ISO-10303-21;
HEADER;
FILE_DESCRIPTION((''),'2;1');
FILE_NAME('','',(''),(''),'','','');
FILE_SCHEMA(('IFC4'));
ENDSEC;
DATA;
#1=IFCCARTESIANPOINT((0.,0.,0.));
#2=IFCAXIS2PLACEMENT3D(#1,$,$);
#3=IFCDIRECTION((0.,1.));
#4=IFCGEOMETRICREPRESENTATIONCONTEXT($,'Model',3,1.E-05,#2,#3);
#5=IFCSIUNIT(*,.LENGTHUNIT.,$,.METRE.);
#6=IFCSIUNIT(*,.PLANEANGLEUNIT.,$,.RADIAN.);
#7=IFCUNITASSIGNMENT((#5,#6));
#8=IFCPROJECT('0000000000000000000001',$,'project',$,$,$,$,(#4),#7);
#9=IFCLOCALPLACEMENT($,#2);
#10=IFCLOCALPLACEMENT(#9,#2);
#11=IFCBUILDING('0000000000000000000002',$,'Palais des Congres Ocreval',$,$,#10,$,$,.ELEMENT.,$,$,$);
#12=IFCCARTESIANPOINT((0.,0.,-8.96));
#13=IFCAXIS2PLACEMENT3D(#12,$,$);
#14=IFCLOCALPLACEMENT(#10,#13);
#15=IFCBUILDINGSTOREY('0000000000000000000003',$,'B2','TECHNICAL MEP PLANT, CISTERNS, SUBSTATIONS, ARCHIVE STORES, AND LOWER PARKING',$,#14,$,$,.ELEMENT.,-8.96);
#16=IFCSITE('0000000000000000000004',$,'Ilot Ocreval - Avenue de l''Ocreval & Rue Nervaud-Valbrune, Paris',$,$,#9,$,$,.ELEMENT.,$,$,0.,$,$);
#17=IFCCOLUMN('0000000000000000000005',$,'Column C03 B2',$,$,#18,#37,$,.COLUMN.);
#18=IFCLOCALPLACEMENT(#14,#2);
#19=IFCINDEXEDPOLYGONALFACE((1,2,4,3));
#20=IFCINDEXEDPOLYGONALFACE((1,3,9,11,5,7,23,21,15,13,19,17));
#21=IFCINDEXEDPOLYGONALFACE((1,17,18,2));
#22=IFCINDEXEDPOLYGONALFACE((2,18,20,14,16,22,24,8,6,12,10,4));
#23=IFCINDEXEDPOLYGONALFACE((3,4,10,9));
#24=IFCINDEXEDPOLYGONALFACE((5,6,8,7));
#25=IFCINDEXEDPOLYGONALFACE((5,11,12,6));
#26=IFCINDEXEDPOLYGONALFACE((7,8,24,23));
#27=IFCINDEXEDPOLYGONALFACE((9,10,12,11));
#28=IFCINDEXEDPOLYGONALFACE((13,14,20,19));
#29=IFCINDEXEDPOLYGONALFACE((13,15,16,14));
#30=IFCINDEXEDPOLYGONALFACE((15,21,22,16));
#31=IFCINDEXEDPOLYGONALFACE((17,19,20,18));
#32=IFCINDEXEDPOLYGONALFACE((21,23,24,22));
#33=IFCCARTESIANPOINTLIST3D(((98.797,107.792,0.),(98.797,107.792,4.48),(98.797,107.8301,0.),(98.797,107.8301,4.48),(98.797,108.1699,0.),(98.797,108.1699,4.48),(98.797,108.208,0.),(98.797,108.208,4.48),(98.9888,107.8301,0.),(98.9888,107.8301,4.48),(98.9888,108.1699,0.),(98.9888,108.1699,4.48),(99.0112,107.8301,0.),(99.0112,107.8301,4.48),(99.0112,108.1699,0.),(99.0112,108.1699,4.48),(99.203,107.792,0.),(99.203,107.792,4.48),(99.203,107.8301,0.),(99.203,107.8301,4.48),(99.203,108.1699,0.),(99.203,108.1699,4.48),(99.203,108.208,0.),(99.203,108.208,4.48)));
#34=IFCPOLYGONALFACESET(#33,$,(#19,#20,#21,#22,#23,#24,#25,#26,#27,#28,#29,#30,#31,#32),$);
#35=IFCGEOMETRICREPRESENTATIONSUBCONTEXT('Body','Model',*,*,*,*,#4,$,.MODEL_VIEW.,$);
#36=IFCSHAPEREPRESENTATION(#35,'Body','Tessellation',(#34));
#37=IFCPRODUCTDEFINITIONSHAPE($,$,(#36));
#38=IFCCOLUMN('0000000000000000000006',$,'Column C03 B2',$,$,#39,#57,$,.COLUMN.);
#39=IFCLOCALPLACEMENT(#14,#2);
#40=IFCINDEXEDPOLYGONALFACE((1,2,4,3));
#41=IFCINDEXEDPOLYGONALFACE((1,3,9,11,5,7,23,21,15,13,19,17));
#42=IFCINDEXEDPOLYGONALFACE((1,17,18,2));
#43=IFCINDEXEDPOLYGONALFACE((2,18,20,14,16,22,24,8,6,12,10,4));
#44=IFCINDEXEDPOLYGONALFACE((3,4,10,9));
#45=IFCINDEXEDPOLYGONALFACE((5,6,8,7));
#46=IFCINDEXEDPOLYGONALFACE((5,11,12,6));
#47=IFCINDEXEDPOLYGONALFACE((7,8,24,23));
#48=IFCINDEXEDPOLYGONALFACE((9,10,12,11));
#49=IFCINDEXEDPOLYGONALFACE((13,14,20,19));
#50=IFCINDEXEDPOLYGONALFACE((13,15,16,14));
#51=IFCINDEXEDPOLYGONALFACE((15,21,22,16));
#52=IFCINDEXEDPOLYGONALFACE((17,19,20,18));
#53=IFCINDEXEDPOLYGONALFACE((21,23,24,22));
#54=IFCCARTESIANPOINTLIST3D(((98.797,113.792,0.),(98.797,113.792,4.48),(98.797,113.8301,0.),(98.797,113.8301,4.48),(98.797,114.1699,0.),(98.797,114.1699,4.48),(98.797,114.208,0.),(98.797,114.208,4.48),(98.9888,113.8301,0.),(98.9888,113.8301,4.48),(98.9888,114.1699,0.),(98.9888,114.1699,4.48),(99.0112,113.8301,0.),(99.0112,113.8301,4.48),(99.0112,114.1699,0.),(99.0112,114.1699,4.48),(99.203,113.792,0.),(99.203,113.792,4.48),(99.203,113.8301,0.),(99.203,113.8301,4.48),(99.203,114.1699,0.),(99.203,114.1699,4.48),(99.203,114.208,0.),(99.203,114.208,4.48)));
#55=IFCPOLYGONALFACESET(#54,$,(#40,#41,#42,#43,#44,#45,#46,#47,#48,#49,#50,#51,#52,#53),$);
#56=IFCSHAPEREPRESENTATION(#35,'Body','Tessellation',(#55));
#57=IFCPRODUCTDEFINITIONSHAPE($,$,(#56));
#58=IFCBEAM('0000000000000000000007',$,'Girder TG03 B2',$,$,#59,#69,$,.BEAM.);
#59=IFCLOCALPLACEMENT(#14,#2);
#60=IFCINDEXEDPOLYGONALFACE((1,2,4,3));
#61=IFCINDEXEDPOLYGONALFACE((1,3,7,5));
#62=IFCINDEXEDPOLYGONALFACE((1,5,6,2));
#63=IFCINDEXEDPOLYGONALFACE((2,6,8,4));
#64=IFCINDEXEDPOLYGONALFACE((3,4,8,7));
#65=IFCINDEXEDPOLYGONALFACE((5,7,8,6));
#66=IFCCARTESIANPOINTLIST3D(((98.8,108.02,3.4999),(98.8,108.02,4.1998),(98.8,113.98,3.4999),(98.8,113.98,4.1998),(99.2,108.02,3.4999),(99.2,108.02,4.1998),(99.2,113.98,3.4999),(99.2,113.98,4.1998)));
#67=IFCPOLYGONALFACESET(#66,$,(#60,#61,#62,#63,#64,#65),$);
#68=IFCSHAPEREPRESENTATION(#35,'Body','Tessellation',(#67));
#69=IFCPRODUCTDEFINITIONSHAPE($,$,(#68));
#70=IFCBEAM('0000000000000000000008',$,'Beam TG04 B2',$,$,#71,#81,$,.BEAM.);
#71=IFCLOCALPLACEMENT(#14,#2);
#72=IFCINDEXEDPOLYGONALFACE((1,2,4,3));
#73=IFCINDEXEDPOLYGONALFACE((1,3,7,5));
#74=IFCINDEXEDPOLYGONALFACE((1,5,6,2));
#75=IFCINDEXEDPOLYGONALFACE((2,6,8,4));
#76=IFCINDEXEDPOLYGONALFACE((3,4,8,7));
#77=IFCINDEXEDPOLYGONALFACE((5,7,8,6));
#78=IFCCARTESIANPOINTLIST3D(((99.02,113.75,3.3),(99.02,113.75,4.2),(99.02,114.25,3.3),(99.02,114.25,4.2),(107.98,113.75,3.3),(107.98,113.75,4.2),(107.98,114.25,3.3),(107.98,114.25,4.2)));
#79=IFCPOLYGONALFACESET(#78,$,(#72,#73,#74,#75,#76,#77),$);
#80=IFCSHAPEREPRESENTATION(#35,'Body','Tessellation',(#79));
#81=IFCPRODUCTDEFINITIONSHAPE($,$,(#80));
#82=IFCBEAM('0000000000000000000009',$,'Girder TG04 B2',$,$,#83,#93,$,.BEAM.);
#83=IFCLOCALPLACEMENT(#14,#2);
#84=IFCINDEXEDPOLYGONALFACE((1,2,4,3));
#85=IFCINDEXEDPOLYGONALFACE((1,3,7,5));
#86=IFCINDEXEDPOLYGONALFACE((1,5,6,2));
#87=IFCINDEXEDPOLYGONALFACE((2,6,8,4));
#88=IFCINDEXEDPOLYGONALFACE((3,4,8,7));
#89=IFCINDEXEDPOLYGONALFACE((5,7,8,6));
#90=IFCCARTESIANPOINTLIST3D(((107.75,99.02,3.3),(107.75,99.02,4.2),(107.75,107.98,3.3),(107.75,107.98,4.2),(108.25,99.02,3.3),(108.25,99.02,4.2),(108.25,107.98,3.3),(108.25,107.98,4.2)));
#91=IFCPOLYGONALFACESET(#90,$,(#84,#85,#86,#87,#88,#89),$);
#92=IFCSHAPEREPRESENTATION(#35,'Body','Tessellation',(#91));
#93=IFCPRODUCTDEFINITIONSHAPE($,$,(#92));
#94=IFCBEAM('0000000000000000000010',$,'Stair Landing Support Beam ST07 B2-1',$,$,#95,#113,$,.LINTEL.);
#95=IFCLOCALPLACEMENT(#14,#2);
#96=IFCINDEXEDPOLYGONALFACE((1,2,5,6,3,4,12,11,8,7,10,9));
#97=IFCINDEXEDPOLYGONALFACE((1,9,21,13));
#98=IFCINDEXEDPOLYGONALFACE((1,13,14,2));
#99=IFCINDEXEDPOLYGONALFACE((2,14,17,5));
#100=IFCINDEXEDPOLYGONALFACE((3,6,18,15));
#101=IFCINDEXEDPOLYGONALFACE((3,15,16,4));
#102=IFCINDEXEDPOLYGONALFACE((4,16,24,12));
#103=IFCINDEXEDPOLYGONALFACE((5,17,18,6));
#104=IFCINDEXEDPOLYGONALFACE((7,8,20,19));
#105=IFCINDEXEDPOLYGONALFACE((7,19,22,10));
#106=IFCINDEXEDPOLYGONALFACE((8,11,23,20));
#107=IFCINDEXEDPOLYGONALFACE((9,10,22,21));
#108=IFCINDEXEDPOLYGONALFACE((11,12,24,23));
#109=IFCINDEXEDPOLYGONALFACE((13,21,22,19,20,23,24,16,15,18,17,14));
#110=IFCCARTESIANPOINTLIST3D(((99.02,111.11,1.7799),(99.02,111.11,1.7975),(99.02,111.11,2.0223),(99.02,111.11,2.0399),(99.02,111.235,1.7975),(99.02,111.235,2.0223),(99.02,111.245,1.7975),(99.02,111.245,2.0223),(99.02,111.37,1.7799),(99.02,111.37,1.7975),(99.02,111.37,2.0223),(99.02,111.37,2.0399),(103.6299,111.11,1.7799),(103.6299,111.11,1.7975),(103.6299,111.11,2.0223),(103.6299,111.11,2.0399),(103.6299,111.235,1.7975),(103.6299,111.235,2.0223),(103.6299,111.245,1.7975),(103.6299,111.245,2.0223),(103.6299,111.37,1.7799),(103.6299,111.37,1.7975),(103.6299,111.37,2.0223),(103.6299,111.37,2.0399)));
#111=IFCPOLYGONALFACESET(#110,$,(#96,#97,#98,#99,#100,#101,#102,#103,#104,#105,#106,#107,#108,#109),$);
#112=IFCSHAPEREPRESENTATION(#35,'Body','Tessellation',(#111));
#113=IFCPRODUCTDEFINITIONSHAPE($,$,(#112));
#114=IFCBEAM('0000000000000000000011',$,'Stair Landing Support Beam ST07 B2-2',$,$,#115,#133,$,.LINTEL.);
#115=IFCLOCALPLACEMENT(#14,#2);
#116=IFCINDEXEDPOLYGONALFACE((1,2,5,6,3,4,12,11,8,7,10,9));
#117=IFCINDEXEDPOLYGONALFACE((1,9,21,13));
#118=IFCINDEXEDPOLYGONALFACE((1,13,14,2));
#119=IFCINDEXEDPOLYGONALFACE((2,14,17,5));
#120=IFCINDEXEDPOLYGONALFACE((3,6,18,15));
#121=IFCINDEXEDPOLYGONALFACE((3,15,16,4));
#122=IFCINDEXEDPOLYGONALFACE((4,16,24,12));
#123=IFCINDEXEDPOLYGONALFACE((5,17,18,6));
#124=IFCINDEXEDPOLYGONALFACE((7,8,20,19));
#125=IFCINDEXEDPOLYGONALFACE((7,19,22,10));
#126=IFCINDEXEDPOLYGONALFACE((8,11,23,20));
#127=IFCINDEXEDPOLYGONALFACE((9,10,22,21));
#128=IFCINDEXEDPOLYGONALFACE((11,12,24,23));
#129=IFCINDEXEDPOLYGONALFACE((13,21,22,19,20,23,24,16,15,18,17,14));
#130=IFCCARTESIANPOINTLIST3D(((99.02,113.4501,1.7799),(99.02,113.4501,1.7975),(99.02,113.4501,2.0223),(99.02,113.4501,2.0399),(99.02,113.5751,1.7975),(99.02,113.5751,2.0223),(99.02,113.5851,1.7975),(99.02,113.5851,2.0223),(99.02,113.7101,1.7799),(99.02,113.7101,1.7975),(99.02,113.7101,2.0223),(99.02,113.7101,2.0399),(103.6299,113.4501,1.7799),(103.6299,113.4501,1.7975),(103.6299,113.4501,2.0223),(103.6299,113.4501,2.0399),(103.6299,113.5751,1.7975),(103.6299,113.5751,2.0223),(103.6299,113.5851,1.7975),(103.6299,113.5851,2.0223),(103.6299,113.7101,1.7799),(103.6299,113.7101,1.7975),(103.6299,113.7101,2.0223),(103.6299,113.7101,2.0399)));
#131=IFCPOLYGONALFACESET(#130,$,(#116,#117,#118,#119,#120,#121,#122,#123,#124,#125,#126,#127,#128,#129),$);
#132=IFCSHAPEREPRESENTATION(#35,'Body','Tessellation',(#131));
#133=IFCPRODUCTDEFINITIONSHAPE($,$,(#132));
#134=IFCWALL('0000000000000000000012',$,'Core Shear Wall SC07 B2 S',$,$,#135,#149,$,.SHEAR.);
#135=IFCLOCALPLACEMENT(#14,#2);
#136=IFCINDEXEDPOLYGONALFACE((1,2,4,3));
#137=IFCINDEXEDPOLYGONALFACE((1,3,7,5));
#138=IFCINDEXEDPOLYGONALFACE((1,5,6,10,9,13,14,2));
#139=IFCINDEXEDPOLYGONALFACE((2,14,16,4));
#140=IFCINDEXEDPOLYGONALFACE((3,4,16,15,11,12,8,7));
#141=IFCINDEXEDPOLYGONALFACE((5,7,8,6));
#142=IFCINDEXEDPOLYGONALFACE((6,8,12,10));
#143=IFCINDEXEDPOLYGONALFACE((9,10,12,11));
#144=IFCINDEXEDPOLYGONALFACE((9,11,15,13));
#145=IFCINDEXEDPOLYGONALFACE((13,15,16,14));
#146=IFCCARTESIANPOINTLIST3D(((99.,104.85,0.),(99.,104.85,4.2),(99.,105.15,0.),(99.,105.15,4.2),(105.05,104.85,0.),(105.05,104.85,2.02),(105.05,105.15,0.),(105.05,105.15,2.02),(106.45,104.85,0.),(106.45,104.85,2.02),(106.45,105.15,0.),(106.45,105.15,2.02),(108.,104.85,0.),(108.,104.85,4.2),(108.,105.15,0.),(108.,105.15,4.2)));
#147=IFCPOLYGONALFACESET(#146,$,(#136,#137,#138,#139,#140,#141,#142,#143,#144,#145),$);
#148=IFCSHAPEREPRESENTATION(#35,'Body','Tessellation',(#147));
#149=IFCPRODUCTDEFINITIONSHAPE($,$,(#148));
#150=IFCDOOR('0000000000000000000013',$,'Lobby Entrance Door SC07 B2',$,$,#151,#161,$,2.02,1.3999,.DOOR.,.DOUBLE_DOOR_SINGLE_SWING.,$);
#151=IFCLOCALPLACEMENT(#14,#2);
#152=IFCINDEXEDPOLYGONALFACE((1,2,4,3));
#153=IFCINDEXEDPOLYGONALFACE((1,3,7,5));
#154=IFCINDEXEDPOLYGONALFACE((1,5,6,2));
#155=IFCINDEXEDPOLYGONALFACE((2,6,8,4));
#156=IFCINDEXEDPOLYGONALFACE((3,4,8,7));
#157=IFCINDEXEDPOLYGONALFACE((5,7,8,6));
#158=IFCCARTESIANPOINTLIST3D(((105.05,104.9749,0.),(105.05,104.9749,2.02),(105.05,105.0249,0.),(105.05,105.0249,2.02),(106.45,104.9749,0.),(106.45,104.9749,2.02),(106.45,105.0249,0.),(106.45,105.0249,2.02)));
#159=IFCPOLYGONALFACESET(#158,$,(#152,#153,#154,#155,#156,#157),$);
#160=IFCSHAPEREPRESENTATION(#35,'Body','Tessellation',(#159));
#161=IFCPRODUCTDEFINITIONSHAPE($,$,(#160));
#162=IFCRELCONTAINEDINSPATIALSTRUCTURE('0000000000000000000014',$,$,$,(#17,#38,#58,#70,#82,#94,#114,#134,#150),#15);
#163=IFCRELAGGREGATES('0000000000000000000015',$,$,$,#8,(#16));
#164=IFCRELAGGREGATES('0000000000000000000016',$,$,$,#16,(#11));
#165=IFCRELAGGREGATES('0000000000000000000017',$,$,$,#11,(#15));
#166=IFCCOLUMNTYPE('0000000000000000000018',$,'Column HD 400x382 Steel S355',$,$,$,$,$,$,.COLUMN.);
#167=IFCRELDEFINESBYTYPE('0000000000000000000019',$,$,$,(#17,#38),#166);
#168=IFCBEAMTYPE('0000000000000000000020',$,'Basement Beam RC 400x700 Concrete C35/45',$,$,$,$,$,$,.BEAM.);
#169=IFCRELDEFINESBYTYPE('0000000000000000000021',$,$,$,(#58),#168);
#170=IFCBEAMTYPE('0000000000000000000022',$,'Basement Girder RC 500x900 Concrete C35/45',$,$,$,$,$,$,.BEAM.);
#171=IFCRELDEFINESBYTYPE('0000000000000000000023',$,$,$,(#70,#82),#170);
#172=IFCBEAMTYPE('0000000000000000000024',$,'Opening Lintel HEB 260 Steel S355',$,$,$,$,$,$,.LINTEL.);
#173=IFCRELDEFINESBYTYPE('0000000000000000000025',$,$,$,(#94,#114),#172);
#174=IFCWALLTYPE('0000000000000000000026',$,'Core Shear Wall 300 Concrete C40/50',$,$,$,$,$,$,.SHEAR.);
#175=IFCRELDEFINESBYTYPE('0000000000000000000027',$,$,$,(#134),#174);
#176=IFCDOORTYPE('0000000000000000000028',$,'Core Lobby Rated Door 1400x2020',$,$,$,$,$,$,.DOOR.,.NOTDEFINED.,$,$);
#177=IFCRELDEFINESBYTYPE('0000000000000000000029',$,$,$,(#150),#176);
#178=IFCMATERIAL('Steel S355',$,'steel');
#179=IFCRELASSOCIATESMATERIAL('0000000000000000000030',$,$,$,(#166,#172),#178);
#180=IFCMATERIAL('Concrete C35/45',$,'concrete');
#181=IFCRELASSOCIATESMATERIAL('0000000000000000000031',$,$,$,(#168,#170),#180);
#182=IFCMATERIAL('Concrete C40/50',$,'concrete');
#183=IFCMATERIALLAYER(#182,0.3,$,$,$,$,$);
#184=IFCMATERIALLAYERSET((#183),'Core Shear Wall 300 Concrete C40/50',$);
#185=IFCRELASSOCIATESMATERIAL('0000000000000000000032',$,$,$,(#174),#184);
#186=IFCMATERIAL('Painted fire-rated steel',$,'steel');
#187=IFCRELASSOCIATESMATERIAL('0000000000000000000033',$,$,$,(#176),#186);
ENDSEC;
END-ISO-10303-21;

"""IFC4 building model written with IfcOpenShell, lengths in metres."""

from ifc_helpers import new_model, si_unit, direction, frame, frame_2d, origin, origin_2d, place, context, subcontext, project, spatial, rectangle, i_section, extrude, material, layer, layer_set, material_profile, profile_set, type_object, element, fill, save


model = new_model("IFC4")

# Units and contexts
model_context = context("Model", 3, precision=1e-05, world=origin(), true_north=direction((0.0, 1.0)))
body_context = subcontext(model_context, "Body", "Model", "MODEL_VIEW")
ifc_project = project(units=[si_unit("LENGTHUNIT", "METRE"), si_unit("PLANEANGLEUNIT", "RADIAN")], contexts=[model_context])

# Site, building, storey
site_placement = place(None, origin())
site = spatial("IfcSite", under=ifc_project, at=site_placement, Name="Ilot Ocreval - Avenue de l'Ocreval & Rue Nervaud-Valbrune, Paris", CompositionType="ELEMENT", RefElevation=0.0)
building_placement = place(site_placement, origin())
building = spatial("IfcBuilding", under=site, at=building_placement, Name="Palais des Congres Ocreval", CompositionType="ELEMENT")
storey_placement = place(building_placement, frame((0.0, 0.0, -8.96)))
storey = spatial("IfcBuildingStorey", under=building, at=storey_placement, Name="B2", Description="TECHNICAL MEP PLANT, CISTERNS, SUBSTATIONS, ARCHIVE STORES, AND LOWER PARKING", CompositionType="ELEMENT", Elevation=-8.96)

# Shared definitions
ifc_material_1 = material(Name="Concrete C35/45", Category="concrete")

# Columns
ifc_material_2 = material(Name="Steel S355", Category="steel")
ifc_material_profile_1 = material_profile(ifc_material_2, i_section(OverallWidth=0.406, OverallDepth=0.416, WebThickness=0.0225, FlangeThickness=0.0381, at=origin_2d()), Name="HD 400x382")
ifc_profile_set_1 = profile_set([ifc_material_profile_1], Name="Steel S355")
column_type = type_object("IfcColumnType", Name="Column HD 400x382 Steel S355", PredefinedType="COLUMN", material=ifc_profile_set_1)
for number, where, z_axis, x_axis, name in (
    (1, (99.0, 108.0, 0.0), (0.0, 0.0, 1.0), (1.0, 0.0, 0.0), "Column C03 B2"),
    (2, (99.0, 114.0, 0.0), (0.0, 0.0, 1.0), (1.0, 0.0, 0.0), "Column C03 B2"),
):
    element("IfcColumn", number, at=place(storey_placement, frame(where, z_axis=z_axis, x_axis=x_axis)), inside=storey, type_object=column_type, Name=name, PredefinedType="COLUMN", context=body_context, shape_type="SweptSolid", body=[
        extrude(i_section(OverallWidth=0.406, OverallDepth=0.416, WebThickness=0.0225, FlangeThickness=0.0381, at=origin_2d()), origin(), (0.0, 0.0, 1.0), 4.48),
    ])

# Beams
ifc_material_profile_2 = material_profile(ifc_material_1, rectangle(XDim=0.3999, YDim=0.7, at=origin_2d()), Name="RC 400x700")
ifc_profile_set_2 = profile_set([ifc_material_profile_2], Name="Concrete C35/45")
beam_type_1 = type_object("IfcBeamType", Name="Basement Beam RC 400x700 Concrete C35/45", PredefinedType="BEAM", material=ifc_profile_set_2)
beam_placement = place(storey_placement, frame((99.0, 108.02, 3.8499), z_axis=(0.0, 1.0, 0.0), x_axis=(-1.0, 0.0, 0.0)))
element("IfcBeam", 3, at=beam_placement, inside=storey, type_object=beam_type_1, Name="Girder TG03 B2", PredefinedType="BEAM", context=body_context, shape_type="SweptSolid", body=[
    extrude(rectangle(XDim=0.3999, YDim=0.7, at=origin_2d()), origin(), (0.0, 0.0, 1.0), 5.96),
])
ifc_material_profile_3 = material_profile(ifc_material_1, rectangle(XDim=0.5, YDim=0.8999, at=origin_2d()), Name="RC 500x900")
ifc_profile_set_3 = profile_set([ifc_material_profile_3], Name="Concrete C35/45")
beam_type_2 = type_object("IfcBeamType", Name="Basement Girder RC 500x900 Concrete C35/45", PredefinedType="BEAM", material=ifc_profile_set_3)
for number, where, z_axis, x_axis, name in (
    (4, (99.02, 114.0, 3.75), (1.0, 0.0, 0.0), (0.0, 1.0, 0.0), "Beam TG04 B2"),
    (5, (108.0, 99.02, 3.75), (0.0, 1.0, 0.0), (-1.0, 0.0, 0.0), "Girder TG04 B2"),
):
    element("IfcBeam", number, at=place(storey_placement, frame(where, z_axis=z_axis, x_axis=x_axis)), inside=storey, type_object=beam_type_2, Name=name, PredefinedType="BEAM", context=body_context, shape_type="SweptSolid", body=[
        extrude(rectangle(XDim=0.5, YDim=0.8999, at=origin_2d()), origin(), (0.0, 0.0, 1.0), 8.96),
    ])
ifc_material_profile_4 = material_profile(ifc_material_2, i_section(OverallWidth=0.26, OverallDepth=0.26, WebThickness=0.01, FlangeThickness=0.0176, at=origin_2d()), Name="HEB 260")
ifc_profile_set_4 = profile_set([ifc_material_profile_4], Name="Steel S355")
beam_type_3 = type_object("IfcBeamType", Name="Opening Lintel HEB 260 Steel S355", PredefinedType="LINTEL", material=ifc_profile_set_4)
for number, where, z_axis, x_axis, name in (
    (6, (99.02, 111.24, 1.9099), (1.0, 0.0, 0.0), (0.0, 1.0, 0.0), "Stair Landing Support Beam ST07 B2-1"),
    (7, (99.02, 113.5801, 1.9099), (1.0, 0.0, 0.0), (0.0, 1.0, 0.0), "Stair Landing Support Beam ST07 B2-2"),
):
    element("IfcBeam", number, at=place(storey_placement, frame(where, z_axis=z_axis, x_axis=x_axis)), inside=storey, type_object=beam_type_3, Name=name, PredefinedType="LINTEL", context=body_context, shape_type="SweptSolid", body=[
        extrude(i_section(OverallWidth=0.26, OverallDepth=0.26, WebThickness=0.01, FlangeThickness=0.0176, at=origin_2d()), origin(), (0.0, 0.0, 1.0), 4.6099),
    ])

# Wall, opening, door
ifc_material_3 = material(Name="Concrete C40/50", Category="concrete")
ifc_layer_1 = layer(ifc_material_3, 0.3)
ifc_layer_set_1 = layer_set([ifc_layer_1], Name="Core Shear Wall 300 Concrete C40/50")
wall_type_1 = type_object("IfcWallType", Name="Core Shear Wall 300 Concrete C40/50", PredefinedType="SHEAR", material=ifc_layer_set_1)
wall_1_placement = place(storey_placement, frame((99.0, 105.0, 0.0), z_axis=(0.0, 0.0, 1.0), x_axis=(1.0, 0.0, 0.0)))
wall_1 = element("IfcWall", 8, at=wall_1_placement, inside=storey, type_object=wall_type_1, Name="Core Shear Wall SC07 B2 S", PredefinedType="SHEAR", context=body_context, shape_type="SweptSolid", body=[
    extrude(rectangle(XDim=9.0, YDim=0.3, at=frame_2d((4.5, 0.0))), origin(), (0.0, 0.0, 1.0), 4.2),
])
opening_1_placement = place(wall_1_placement, frame((6.05, 0.0, 0.0)))
opening_1 = element("IfcOpeningElement", 9, at=opening_1_placement, cuts=wall_1, PredefinedType="OPENING", context=body_context, shape_type="SweptSolid", body=[
    extrude(rectangle(XDim=1.3999, YDim=2.02, at=frame_2d((0.7, 1.01))), frame((0.0, 0.1599, 0.0), z_axis=(0.0, -1.0, 0.0), x_axis=(1.0, 0.0, 0.0)), (0.0, 0.0, 1.0), 0.3201),
])
ifc_material_4 = material(Name="Painted fire-rated steel", Category="steel")
door_type_1 = type_object("IfcDoorType", Name="Core Lobby Rated Door 1400x2020", OperationType="NOTDEFINED", PredefinedType="DOOR", material=ifc_material_4)
door_1_placement = place(opening_1_placement, origin())
door_1 = element("IfcDoor", 10, at=door_1_placement, inside=storey, type_object=door_type_1, Name="Lobby Entrance Door SC07 B2", OperationType="DOUBLE_DOOR_SINGLE_SWING", OverallHeight=2.02, OverallWidth=1.3999, PredefinedType="DOOR", context=body_context, shape_type="SweptSolid", body=[
    extrude(rectangle(XDim=1.3999, YDim=2.02, at=frame_2d((0.7, 1.01))), frame((0.0, 0.0249, 0.0), z_axis=(0.0, -1.0, 0.0), x_axis=(1.0, 0.0, 0.0)), (0.0, 0.0, 1.0), 0.05),
])
fill(opening_1, door_1)

save(model, "model.ifc")
